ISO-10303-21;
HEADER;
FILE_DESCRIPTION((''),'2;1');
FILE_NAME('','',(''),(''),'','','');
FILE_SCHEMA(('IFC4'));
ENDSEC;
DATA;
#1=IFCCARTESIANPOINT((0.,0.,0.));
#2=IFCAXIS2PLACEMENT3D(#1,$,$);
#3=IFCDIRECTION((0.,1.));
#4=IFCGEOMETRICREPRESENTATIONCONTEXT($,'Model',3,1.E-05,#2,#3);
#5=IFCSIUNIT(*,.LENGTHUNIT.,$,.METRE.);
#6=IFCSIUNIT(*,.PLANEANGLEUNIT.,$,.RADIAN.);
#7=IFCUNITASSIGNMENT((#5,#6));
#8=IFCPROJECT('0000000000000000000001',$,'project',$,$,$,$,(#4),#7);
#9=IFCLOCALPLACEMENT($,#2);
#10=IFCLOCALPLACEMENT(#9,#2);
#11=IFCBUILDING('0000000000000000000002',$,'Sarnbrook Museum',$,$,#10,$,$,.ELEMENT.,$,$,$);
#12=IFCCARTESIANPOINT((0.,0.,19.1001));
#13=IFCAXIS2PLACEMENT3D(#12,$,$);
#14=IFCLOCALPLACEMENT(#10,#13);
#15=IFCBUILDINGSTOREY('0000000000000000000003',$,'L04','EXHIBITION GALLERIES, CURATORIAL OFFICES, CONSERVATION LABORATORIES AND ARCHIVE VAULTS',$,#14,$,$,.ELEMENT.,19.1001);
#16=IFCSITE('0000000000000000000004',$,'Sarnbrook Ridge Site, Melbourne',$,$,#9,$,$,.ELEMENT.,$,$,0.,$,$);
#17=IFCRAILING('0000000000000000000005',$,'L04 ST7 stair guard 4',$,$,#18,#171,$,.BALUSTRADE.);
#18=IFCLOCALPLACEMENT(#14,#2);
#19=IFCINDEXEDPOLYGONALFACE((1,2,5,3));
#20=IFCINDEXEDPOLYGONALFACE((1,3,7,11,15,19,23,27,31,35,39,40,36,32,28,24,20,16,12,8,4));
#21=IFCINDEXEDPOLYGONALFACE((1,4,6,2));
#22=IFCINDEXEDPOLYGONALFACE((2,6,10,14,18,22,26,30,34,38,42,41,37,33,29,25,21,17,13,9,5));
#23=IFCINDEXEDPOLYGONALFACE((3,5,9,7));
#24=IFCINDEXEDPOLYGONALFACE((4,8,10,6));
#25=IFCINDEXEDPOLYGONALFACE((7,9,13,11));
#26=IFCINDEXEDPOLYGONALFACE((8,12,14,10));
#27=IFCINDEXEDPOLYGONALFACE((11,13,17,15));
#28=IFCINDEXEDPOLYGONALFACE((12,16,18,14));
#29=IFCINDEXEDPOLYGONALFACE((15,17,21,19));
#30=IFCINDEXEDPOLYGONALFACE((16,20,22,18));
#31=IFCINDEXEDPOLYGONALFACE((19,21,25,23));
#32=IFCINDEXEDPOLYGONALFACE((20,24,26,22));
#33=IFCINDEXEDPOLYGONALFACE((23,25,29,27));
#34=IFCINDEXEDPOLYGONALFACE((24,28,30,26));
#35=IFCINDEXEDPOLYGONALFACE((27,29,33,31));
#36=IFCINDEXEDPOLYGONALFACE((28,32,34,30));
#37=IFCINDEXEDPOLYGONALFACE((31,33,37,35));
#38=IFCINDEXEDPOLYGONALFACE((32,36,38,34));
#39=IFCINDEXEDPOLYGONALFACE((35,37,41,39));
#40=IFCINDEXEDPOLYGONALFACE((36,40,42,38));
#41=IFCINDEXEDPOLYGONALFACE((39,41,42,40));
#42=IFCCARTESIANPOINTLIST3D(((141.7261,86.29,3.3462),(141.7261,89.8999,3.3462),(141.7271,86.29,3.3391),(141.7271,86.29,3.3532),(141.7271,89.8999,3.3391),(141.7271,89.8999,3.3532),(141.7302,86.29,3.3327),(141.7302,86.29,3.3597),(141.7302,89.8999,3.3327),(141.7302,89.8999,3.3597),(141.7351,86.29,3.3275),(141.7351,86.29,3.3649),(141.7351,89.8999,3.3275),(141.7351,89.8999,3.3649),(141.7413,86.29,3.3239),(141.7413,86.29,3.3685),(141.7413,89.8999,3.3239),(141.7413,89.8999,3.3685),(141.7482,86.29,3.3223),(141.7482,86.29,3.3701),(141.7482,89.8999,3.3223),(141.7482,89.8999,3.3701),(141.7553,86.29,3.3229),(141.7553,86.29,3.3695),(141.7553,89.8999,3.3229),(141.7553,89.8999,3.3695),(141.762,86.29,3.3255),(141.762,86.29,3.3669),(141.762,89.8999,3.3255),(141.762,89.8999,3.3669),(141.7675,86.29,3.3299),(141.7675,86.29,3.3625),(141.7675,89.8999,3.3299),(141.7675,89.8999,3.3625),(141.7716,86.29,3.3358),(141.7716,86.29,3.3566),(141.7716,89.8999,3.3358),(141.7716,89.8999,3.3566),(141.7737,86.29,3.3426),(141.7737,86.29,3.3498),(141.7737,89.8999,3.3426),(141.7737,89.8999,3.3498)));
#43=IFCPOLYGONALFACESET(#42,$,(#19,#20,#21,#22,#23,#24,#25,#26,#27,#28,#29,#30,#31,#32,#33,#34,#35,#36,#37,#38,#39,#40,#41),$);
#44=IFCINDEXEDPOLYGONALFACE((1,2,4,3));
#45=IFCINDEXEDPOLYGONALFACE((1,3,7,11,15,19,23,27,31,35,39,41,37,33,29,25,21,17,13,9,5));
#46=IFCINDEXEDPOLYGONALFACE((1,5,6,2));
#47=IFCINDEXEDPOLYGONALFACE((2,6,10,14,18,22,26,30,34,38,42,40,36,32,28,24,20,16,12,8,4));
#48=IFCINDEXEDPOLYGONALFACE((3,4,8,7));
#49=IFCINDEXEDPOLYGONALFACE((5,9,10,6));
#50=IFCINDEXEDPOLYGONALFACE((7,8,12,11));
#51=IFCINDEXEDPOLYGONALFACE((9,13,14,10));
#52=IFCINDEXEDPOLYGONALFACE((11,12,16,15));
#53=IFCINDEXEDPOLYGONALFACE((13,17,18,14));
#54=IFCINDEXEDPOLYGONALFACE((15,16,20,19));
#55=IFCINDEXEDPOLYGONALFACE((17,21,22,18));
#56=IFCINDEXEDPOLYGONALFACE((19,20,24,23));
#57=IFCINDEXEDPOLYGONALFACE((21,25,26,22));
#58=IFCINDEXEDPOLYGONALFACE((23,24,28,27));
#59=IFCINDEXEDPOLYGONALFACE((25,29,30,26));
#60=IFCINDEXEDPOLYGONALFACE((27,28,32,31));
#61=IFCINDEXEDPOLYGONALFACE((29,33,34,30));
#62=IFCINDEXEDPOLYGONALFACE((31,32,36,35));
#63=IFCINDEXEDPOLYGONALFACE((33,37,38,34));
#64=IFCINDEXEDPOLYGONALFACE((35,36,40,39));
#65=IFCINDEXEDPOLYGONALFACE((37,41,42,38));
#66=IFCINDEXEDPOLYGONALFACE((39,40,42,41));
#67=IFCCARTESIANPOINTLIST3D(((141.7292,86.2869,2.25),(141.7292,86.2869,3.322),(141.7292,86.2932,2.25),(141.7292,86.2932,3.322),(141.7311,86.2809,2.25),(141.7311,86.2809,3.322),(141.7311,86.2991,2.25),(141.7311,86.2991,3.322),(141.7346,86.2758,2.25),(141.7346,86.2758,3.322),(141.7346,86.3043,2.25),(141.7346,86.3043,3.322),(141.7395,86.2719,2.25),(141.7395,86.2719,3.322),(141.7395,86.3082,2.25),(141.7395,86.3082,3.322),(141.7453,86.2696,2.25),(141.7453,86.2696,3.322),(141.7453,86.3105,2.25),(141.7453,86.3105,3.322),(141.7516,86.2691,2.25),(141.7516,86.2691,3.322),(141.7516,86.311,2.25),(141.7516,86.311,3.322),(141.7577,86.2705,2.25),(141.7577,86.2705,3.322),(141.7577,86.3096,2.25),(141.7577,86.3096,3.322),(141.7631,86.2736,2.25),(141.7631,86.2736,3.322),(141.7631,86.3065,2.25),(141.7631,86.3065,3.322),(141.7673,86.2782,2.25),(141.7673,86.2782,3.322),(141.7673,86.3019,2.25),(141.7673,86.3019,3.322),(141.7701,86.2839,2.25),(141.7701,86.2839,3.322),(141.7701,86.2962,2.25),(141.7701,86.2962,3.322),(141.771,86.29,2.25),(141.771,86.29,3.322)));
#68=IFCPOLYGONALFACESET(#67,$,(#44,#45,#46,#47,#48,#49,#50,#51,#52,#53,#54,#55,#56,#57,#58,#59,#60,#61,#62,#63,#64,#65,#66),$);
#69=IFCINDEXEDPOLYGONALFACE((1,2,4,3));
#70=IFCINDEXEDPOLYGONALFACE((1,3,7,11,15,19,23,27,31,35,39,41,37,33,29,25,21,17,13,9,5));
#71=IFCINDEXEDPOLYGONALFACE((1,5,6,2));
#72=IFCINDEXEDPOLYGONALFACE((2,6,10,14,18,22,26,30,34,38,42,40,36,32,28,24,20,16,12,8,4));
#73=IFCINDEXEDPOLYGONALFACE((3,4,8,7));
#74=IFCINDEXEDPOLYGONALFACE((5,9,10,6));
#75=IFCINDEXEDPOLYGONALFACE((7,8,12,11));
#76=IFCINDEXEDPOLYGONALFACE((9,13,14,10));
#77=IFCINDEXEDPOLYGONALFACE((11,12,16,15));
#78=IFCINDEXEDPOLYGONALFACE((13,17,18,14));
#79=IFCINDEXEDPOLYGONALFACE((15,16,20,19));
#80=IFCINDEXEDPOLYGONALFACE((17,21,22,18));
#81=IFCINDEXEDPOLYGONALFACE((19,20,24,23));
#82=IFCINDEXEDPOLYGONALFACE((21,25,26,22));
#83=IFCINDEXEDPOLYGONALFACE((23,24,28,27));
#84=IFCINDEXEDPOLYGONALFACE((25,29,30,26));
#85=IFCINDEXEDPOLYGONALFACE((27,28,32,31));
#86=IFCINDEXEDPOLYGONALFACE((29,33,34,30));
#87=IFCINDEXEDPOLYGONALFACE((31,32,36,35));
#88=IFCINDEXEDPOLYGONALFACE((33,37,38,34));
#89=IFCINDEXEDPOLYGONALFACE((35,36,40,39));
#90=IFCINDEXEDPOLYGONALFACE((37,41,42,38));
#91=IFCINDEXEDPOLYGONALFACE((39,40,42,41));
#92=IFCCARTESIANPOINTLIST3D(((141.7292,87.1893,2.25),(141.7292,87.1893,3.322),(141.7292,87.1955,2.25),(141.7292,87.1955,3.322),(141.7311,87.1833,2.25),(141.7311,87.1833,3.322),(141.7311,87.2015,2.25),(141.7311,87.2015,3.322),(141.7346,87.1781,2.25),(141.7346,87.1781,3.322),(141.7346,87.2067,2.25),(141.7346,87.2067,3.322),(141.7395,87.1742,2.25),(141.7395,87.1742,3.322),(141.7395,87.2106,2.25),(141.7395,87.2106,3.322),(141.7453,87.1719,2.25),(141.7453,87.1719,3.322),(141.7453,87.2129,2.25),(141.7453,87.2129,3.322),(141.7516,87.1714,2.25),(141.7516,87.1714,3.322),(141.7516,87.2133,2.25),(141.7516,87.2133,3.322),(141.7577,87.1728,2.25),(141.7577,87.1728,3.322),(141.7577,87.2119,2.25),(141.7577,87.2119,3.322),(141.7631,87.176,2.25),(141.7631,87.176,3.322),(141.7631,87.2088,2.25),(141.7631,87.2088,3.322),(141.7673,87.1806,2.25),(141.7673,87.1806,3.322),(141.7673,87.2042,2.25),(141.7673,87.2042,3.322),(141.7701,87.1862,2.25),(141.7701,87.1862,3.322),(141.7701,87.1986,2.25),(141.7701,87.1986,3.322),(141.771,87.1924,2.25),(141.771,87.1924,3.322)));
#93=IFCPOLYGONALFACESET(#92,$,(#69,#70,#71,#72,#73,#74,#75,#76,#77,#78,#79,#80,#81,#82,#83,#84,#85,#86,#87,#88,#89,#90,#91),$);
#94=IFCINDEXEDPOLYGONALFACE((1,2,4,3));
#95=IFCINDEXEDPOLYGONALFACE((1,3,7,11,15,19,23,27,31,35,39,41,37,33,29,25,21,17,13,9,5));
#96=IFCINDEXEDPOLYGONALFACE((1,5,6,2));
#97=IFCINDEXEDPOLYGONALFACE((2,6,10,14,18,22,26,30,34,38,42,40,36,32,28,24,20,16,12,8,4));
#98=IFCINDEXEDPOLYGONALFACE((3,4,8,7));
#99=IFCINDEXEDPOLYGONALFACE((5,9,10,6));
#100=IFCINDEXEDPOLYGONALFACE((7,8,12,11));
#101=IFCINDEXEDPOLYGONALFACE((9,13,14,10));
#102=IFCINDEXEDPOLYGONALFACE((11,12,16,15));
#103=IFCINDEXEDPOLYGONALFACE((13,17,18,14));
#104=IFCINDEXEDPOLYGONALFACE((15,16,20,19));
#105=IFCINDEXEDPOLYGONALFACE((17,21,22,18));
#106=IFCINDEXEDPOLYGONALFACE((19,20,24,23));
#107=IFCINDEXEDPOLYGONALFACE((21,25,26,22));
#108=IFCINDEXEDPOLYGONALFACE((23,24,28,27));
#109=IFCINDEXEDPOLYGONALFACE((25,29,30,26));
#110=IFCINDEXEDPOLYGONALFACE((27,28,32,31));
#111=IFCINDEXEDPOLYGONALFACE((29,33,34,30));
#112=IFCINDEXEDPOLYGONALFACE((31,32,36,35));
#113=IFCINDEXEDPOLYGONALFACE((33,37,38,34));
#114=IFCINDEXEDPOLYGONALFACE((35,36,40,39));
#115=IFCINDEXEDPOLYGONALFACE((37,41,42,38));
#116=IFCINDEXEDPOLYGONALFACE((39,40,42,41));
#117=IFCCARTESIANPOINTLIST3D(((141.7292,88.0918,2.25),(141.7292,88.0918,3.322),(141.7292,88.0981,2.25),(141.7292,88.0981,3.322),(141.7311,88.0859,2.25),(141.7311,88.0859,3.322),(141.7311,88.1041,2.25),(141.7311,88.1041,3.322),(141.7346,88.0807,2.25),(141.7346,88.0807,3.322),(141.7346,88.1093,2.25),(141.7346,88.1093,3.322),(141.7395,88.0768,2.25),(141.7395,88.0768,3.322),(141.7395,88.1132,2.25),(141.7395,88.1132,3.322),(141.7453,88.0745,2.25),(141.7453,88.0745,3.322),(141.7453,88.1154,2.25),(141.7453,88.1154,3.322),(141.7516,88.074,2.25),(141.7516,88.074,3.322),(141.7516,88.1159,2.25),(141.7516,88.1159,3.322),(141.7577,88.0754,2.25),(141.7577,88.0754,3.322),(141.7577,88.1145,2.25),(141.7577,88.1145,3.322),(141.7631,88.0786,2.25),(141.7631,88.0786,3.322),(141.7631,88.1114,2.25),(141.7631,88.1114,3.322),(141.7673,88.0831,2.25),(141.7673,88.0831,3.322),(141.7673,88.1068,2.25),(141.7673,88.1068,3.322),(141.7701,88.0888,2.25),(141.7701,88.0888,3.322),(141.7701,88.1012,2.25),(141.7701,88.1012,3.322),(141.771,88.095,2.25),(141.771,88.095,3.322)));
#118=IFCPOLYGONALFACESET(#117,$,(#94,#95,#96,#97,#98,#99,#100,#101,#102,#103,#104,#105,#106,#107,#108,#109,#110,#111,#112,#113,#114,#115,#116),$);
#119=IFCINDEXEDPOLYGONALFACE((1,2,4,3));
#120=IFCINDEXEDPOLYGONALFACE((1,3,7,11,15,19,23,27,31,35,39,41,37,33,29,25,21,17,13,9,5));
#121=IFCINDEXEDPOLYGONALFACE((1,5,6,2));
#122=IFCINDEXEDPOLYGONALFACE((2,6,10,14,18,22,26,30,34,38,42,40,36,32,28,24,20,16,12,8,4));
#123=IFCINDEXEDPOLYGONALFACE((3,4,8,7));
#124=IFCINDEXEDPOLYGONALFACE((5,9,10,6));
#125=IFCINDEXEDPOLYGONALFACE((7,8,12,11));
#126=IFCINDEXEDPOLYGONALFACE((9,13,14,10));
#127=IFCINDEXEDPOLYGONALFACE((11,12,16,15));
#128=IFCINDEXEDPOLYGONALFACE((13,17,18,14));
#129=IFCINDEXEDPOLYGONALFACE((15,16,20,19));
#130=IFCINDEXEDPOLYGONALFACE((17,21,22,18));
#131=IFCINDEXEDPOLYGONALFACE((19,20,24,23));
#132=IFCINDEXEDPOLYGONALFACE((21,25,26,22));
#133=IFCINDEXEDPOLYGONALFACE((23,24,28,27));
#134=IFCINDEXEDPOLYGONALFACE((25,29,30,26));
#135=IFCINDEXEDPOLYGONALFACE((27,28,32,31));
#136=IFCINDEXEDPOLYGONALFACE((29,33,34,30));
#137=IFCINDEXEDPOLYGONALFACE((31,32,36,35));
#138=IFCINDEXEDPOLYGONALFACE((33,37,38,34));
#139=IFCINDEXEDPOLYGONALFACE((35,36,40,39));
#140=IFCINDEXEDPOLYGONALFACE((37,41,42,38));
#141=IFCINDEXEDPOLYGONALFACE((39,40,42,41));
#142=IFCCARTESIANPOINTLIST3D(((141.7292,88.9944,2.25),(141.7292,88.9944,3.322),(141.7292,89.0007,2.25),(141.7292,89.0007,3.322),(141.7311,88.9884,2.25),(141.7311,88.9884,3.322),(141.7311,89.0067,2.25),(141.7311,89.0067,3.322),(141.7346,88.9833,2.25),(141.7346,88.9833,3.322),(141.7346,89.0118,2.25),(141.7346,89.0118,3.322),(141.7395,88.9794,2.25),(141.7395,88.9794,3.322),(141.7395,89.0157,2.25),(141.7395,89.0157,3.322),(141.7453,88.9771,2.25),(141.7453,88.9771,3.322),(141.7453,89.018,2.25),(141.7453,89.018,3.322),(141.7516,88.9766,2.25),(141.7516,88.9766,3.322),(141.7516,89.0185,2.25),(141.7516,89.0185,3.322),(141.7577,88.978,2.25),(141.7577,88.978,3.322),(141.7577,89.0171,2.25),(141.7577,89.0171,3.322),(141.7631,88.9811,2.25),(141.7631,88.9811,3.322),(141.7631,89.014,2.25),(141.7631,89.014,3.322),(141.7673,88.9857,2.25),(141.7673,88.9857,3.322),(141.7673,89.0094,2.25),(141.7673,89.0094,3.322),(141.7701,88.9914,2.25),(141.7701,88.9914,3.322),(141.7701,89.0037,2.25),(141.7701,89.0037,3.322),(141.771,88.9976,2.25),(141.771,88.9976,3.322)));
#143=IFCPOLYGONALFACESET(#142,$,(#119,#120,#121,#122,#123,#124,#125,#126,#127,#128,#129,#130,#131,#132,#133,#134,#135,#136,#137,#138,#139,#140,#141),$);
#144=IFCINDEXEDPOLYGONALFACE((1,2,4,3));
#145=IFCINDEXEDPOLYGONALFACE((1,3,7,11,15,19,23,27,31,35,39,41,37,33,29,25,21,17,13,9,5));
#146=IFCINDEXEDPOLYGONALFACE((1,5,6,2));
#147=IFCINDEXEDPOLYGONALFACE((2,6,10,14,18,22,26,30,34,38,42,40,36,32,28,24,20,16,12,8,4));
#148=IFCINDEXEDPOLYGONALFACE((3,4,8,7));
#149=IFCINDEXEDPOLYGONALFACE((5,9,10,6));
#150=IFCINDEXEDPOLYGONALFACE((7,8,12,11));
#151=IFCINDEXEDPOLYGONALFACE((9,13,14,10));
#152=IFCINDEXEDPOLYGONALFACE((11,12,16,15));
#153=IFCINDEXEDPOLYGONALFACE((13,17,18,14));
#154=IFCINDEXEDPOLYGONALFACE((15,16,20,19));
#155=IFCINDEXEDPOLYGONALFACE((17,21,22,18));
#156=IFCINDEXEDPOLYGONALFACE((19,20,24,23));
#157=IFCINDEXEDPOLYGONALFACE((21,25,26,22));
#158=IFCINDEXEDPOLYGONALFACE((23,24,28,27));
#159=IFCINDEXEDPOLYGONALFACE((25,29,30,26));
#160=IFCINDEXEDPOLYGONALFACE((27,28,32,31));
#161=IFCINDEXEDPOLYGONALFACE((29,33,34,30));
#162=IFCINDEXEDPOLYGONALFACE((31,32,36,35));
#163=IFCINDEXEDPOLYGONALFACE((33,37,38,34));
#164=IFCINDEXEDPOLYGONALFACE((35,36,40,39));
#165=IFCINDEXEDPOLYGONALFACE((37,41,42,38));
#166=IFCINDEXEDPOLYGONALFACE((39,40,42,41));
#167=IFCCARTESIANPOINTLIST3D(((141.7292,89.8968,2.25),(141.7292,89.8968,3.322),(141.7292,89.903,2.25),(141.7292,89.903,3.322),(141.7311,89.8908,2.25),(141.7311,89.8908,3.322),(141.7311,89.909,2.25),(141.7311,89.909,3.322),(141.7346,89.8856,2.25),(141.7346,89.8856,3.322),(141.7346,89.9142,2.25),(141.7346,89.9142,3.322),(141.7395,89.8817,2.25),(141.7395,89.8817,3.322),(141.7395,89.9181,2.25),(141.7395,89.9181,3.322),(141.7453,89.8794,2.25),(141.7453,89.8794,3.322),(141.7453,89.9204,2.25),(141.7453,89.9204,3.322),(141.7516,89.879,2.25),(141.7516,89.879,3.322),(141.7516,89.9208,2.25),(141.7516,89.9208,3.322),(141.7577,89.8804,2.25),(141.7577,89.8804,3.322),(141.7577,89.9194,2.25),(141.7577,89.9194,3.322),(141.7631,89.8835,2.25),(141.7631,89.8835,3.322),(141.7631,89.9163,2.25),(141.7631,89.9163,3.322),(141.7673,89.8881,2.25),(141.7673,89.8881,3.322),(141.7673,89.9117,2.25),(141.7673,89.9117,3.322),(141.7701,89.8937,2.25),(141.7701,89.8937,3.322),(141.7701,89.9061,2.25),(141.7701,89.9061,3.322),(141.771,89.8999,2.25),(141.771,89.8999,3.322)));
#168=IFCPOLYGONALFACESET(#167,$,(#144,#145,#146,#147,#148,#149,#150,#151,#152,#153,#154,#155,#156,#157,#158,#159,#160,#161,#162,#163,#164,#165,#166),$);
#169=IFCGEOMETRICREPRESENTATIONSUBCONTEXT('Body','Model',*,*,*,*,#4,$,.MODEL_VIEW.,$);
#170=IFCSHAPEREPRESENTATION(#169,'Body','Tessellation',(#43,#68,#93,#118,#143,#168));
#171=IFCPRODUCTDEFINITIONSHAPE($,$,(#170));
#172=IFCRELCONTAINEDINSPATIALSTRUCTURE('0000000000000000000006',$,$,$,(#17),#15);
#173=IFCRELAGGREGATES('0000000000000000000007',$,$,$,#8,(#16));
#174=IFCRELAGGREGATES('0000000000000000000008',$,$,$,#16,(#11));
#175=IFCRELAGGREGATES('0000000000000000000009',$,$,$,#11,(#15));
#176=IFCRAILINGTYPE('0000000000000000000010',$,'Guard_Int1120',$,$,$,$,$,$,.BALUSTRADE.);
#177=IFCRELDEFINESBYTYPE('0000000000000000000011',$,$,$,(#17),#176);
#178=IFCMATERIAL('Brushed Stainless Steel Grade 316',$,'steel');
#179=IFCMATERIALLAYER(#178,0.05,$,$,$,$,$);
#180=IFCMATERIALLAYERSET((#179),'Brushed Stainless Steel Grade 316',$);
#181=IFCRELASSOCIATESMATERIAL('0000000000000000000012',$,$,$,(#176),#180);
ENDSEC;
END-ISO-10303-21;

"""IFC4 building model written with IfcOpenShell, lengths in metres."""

from ifc_helpers import new_model, si_unit, direction, frame, origin, origin_2d, place, context, subcontext, project, spatial, circle, extrude, material, layer, layer_set, type_object, element, save


model = new_model("IFC4")

# Units and contexts
model_context = context("Model", 3, precision=1e-05, world=origin(), true_north=direction((0.0, 1.0)))
body_context = subcontext(model_context, "Body", "Model", "MODEL_VIEW")
ifc_project = project(units=[si_unit("LENGTHUNIT", "METRE"), si_unit("PLANEANGLEUNIT", "RADIAN")], contexts=[model_context])

# Site, building, storey
site_placement = place(None, origin())
site = spatial("IfcSite", under=ifc_project, at=site_placement, Name="Sarnbrook Ridge Site, Melbourne", CompositionType="ELEMENT", RefElevation=0.0)
building_placement = place(site_placement, origin())
building = spatial("IfcBuilding", under=site, at=building_placement, Name="Sarnbrook Museum", CompositionType="ELEMENT")
storey_placement = place(building_placement, frame((0.0, 0.0, 19.1001)))
storey = spatial("IfcBuildingStorey", under=building, at=storey_placement, Name="L04", Description="EXHIBITION GALLERIES, CURATORIAL OFFICES, CONSERVATION LABORATORIES AND ARCHIVE VAULTS", CompositionType="ELEMENT", Elevation=19.1001)

# Railing
ifc_material_1 = material(Name="Brushed Stainless Steel Grade 316", Category="steel")
ifc_layer_1 = layer(ifc_material_1, 0.05)
ifc_layer_set_1 = layer_set([ifc_layer_1], Name="Brushed Stainless Steel Grade 316")
railing_type_1 = type_object("IfcRailingType", Name="Guard_Int1120", PredefinedType="BALUSTRADE", material=ifc_layer_set_1)
railing_1_placement = place(storey_placement, frame((141.75, 86.29, 2.25)))
element("IfcRailing", 1, at=railing_1_placement, inside=storey, type_object=railing_type_1, Name="L04 ST7 stair guard 4", PredefinedType="BALUSTRADE", context=body_context, shape_type="SweptSolid", body=[
    extrude(circle(Radius=0.0239, at=origin_2d()), frame((0.0, 0.0, 1.0962), z_axis=(0.0, 1.0, 0.0), x_axis=(-1.0, 0.0, 0.0)), (0.0, 0.0, 1.0), 3.6099),
    extrude(circle(Radius=0.021, at=origin_2d()), origin(), (0.0, 0.0, 1.0), 1.072),
    extrude(circle(Radius=0.021, at=origin_2d()), frame((0.0, 0.9023, 0.0)), (0.0, 0.0, 1.0), 1.072),
    extrude(circle(Radius=0.021, at=origin_2d()), frame((0.0, 1.8049, 0.0)), (0.0, 0.0, 1.0), 1.072),
    extrude(circle(Radius=0.021, at=origin_2d()), frame((0.0, 2.7075, 0.0)), (0.0, 0.0, 1.0), 1.072),
    extrude(circle(Radius=0.021, at=origin_2d()), frame((0.0, 3.6099, 0.0)), (0.0, 0.0, 1.0), 1.072),
])

save(model, "model.ifc")
